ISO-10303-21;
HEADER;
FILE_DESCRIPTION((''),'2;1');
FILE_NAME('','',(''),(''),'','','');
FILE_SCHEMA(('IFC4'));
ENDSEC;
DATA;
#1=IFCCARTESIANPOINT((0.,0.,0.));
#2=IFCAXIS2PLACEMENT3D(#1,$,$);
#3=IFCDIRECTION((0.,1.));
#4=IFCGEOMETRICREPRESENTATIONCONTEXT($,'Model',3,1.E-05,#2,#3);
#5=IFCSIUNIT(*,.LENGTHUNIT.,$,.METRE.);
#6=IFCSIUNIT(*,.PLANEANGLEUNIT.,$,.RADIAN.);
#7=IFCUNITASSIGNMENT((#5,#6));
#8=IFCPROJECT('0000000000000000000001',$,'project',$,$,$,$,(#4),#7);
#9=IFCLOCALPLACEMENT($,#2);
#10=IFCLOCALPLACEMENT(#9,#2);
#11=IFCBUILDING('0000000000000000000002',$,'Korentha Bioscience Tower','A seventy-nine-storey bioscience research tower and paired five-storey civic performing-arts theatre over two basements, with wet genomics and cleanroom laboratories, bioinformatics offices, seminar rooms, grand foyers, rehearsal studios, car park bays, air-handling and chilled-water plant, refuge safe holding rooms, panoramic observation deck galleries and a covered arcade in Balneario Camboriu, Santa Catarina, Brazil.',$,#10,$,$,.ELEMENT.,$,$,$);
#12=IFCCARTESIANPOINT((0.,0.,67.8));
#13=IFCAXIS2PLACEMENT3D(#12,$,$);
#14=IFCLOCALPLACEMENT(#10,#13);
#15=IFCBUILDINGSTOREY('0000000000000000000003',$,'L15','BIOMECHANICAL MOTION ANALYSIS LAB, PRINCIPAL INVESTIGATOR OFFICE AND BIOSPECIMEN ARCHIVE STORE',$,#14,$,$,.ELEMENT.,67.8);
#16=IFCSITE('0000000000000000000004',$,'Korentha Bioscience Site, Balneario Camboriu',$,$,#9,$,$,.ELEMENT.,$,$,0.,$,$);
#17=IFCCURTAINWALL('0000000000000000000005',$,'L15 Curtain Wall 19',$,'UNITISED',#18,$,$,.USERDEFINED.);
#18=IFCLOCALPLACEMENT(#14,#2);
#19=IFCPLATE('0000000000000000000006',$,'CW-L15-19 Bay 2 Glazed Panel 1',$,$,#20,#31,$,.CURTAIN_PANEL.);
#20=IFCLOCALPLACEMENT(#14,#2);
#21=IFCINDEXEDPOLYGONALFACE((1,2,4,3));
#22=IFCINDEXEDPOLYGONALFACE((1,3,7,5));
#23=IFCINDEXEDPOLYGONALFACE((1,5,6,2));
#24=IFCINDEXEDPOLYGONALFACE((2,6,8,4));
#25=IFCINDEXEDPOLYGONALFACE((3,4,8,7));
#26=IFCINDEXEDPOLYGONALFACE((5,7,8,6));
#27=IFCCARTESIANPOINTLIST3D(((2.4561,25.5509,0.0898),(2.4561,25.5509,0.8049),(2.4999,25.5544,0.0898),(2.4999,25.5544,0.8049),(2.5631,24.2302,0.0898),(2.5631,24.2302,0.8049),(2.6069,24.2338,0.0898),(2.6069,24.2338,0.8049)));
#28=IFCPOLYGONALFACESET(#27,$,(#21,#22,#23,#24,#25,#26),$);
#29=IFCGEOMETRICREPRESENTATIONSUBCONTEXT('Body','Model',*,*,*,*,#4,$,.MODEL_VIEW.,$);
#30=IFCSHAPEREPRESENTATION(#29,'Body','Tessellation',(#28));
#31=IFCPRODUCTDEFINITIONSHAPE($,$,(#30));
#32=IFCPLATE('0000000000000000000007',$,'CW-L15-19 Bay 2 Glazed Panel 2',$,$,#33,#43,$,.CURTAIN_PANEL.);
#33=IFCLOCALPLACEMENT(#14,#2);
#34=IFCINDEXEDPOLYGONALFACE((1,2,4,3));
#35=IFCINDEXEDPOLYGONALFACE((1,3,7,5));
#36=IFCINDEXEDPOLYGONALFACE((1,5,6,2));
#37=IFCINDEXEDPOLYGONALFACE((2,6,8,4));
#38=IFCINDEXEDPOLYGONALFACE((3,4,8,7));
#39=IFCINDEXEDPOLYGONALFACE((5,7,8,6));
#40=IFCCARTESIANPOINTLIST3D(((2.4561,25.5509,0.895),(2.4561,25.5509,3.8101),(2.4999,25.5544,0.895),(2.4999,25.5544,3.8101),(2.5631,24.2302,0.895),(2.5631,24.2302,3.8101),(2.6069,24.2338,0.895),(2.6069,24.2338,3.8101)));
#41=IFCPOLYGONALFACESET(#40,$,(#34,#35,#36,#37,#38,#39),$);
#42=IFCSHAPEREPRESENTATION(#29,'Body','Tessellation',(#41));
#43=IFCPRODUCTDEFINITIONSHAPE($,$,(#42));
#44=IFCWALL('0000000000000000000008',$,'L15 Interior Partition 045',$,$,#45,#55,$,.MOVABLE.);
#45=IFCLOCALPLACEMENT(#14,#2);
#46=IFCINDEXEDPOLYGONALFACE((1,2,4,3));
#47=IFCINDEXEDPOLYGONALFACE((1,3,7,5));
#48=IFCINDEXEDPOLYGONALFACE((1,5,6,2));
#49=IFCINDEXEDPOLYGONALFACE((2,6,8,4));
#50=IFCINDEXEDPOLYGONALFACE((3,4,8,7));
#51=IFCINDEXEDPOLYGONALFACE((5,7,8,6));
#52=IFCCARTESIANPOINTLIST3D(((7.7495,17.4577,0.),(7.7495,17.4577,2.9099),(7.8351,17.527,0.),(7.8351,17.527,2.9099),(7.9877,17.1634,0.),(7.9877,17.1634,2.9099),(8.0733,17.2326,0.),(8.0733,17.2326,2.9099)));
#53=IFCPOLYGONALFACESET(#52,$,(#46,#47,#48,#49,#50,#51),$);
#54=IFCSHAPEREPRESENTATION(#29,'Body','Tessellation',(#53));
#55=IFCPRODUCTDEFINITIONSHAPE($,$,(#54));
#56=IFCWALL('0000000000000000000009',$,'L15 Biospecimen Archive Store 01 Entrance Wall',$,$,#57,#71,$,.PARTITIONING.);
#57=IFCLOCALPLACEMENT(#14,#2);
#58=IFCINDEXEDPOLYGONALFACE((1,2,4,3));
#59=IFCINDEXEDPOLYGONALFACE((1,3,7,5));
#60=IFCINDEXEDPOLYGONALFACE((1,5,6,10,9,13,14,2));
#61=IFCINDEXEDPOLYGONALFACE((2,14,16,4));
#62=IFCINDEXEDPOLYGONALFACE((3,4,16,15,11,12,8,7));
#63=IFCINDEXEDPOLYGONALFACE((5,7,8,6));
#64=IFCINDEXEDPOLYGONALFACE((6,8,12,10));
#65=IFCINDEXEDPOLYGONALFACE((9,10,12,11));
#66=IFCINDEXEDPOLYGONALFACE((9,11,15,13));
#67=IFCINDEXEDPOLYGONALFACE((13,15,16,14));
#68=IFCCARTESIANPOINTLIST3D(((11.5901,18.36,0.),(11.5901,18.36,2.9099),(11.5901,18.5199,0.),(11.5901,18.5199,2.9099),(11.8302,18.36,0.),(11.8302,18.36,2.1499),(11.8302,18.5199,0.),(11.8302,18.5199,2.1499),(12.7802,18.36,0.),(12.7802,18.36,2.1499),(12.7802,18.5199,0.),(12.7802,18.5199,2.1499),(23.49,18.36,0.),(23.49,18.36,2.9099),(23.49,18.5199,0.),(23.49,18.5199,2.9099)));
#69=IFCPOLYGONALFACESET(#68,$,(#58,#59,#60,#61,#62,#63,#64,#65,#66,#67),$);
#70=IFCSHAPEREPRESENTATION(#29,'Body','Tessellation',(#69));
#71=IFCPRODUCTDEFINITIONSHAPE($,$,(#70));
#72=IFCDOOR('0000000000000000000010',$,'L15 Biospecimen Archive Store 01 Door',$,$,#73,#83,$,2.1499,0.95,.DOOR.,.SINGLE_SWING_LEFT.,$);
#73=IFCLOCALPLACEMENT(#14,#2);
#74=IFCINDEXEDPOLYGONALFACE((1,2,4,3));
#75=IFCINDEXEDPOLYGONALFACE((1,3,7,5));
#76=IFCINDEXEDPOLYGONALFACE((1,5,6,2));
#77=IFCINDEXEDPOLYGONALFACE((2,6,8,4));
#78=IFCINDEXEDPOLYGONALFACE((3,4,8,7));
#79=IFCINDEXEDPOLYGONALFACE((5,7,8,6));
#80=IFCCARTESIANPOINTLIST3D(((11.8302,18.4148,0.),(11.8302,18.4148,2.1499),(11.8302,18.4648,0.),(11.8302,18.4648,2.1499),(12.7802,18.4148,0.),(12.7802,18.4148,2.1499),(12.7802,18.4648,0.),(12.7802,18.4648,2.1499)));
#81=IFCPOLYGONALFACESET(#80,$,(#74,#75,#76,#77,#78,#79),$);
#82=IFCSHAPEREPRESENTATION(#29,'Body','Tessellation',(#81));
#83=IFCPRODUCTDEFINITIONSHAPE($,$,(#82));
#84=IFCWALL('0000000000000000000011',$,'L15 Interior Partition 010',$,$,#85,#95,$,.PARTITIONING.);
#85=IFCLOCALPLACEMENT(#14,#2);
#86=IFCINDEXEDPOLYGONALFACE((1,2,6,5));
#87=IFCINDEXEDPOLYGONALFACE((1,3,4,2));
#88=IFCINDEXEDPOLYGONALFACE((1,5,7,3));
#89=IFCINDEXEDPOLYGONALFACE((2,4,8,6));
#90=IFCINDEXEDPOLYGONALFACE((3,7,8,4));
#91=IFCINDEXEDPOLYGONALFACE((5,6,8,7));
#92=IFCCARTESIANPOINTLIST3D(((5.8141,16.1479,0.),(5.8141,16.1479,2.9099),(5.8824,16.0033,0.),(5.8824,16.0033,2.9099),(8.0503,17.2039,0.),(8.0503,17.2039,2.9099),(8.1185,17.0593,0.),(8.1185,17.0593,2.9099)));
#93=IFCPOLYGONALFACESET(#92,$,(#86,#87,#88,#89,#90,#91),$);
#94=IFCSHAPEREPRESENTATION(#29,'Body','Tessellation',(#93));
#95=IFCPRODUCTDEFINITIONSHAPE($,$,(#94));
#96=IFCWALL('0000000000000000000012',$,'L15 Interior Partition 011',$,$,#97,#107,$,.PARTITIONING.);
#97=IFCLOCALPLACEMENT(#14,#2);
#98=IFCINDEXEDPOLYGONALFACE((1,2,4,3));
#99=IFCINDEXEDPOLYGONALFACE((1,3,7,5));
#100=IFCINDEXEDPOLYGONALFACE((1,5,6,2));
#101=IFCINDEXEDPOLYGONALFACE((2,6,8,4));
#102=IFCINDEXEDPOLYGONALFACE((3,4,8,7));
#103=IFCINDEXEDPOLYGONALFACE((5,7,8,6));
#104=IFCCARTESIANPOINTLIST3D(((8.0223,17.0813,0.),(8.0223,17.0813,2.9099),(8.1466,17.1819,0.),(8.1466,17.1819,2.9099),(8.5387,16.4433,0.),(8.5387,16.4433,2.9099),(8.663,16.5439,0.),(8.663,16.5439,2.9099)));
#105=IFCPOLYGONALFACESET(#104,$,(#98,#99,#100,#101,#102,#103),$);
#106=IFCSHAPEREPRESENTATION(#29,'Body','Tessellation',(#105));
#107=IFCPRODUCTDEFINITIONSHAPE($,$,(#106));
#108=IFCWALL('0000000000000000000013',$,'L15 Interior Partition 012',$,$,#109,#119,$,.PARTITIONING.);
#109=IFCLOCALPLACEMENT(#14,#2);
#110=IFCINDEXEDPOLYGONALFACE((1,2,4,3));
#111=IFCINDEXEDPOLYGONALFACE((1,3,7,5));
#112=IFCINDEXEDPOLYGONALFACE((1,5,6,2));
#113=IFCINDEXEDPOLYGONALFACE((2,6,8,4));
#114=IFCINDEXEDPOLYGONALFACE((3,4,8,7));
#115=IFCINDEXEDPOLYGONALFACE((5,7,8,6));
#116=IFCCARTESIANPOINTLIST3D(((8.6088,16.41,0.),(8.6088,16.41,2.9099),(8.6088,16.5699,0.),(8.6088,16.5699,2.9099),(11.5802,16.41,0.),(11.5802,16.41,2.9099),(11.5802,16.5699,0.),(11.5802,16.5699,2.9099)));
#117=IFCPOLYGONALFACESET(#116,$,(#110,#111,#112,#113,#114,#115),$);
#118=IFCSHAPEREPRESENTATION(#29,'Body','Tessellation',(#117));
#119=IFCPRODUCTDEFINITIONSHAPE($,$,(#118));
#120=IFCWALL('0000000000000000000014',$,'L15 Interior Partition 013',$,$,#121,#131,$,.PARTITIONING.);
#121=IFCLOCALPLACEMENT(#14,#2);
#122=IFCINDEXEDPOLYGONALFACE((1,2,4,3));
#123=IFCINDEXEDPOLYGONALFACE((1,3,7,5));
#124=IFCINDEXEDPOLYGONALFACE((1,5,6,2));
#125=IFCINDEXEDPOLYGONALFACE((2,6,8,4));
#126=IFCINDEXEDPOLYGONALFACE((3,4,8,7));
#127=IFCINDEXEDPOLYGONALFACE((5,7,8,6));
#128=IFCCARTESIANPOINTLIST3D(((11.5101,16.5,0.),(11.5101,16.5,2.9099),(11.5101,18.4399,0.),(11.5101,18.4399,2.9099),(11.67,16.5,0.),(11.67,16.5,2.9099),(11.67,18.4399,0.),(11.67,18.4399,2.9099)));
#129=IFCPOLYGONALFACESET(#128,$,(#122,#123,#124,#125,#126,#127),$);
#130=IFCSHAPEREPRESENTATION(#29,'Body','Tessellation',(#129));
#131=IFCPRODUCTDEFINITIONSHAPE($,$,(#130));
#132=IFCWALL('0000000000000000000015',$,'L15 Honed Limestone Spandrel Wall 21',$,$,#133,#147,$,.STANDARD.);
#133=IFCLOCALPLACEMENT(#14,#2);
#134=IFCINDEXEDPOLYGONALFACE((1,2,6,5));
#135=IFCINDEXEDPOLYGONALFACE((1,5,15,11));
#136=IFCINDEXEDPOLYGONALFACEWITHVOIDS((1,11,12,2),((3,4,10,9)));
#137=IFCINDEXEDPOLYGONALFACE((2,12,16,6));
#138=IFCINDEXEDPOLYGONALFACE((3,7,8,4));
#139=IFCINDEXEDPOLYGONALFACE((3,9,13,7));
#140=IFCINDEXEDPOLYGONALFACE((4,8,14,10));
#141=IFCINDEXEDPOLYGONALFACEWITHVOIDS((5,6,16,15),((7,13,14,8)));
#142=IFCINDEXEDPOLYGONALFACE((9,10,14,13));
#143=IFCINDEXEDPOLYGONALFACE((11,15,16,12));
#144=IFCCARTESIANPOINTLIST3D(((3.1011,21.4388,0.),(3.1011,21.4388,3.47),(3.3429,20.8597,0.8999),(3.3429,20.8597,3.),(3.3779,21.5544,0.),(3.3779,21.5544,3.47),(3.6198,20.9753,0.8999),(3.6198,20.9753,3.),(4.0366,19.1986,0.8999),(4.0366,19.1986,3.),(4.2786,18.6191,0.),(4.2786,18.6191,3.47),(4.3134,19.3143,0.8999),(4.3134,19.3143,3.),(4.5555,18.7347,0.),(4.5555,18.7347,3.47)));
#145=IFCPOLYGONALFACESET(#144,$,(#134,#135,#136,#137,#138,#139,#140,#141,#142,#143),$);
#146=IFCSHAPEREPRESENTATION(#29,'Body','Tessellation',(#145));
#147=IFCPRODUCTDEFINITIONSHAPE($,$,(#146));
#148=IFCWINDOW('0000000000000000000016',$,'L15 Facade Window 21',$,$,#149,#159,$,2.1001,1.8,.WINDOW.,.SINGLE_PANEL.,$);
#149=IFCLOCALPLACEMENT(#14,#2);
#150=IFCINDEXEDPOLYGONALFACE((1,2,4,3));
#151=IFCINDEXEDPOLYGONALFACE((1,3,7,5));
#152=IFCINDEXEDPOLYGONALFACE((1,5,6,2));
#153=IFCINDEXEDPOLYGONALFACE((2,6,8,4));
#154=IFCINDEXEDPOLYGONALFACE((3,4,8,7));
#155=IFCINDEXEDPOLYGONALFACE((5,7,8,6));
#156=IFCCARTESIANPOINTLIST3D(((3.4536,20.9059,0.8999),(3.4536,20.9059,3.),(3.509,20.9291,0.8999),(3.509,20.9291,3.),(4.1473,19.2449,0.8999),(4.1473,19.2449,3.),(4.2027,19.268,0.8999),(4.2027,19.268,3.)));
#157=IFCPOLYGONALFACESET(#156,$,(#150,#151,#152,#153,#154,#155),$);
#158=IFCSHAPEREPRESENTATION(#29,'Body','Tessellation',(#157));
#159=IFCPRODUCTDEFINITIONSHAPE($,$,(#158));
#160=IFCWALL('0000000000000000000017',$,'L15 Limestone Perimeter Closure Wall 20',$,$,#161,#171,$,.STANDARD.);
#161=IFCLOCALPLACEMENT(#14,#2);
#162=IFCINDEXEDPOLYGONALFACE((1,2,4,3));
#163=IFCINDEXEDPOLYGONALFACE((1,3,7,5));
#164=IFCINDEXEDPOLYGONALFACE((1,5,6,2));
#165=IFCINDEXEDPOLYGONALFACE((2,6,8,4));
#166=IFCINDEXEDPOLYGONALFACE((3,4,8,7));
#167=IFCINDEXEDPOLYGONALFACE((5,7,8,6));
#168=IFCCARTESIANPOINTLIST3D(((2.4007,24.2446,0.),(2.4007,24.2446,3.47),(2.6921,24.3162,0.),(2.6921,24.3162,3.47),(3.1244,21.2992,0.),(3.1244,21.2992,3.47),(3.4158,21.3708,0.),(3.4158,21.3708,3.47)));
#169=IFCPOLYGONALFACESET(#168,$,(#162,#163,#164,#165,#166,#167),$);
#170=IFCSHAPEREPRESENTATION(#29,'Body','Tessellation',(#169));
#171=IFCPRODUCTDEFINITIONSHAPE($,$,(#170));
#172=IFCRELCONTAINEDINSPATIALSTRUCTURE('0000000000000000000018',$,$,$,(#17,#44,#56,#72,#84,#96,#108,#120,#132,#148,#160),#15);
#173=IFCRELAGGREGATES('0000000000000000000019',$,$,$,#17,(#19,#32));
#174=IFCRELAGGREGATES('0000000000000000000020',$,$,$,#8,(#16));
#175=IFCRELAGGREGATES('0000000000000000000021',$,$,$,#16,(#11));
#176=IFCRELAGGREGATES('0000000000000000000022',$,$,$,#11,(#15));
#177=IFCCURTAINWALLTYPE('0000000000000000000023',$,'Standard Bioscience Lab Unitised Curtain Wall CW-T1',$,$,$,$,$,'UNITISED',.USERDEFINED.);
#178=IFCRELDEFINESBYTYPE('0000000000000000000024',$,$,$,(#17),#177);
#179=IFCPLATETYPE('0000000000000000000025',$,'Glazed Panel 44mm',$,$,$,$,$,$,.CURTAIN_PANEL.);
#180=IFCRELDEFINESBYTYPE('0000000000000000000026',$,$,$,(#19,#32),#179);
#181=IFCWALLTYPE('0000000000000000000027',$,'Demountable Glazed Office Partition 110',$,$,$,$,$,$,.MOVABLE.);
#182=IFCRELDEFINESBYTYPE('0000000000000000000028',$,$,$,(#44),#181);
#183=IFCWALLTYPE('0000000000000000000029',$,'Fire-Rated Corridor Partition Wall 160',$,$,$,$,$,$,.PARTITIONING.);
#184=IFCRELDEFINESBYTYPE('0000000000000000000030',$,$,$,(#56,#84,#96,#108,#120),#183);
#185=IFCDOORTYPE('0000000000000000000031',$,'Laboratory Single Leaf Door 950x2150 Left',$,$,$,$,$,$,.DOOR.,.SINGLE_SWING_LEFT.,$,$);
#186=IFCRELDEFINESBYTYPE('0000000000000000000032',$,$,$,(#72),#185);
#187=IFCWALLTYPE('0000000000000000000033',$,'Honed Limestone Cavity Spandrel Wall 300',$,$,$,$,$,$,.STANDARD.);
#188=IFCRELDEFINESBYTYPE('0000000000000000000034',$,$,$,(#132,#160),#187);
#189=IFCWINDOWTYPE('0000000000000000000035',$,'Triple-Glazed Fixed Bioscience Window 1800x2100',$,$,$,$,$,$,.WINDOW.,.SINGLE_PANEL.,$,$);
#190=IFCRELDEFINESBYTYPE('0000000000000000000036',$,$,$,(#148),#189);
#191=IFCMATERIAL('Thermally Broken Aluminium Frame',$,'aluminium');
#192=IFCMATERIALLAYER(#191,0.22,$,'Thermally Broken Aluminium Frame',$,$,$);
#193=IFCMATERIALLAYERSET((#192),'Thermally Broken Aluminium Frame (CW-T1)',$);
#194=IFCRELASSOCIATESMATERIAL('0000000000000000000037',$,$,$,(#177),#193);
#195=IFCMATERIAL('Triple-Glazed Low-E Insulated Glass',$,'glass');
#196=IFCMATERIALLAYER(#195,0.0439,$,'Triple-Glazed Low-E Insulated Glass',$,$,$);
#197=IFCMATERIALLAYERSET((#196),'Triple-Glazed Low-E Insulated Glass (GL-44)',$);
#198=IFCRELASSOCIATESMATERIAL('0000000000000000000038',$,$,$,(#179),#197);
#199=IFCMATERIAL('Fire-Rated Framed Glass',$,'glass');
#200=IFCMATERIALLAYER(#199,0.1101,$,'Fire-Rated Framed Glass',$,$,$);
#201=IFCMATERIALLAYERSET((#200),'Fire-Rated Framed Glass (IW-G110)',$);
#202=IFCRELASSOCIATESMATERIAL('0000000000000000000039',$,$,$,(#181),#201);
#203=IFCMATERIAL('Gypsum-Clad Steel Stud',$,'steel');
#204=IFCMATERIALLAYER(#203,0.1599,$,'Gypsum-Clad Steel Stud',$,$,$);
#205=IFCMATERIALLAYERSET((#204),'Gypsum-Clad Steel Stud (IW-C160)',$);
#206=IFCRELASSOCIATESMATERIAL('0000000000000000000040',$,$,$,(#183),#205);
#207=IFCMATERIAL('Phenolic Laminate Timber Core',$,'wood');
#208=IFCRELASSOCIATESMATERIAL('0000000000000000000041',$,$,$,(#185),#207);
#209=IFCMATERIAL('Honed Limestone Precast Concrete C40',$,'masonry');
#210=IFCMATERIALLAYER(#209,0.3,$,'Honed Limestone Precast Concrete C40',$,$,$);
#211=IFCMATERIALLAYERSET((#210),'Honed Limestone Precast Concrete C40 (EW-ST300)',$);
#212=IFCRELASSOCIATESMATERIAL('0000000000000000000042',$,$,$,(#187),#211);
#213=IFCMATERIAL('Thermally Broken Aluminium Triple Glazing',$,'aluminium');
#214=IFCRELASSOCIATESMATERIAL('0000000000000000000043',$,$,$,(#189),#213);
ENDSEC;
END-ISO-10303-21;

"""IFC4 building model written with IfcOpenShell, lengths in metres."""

from ifc_helpers import new_model, si_unit, direction, frame, frame_2d, origin, origin_2d, place, context, subcontext, project, spatial, rectangle, extrude, material, layer, layer_set, type_object, element, fill, aggregate, save


model = new_model("IFC4")

# Units and contexts
model_context = context("Model", 3, precision=1e-05, world=origin(), true_north=direction((0.0, 1.0)))
body_context = subcontext(model_context, "Body", "Model", "MODEL_VIEW")
ifc_project = project(units=[si_unit("LENGTHUNIT", "METRE"), si_unit("PLANEANGLEUNIT", "RADIAN")], contexts=[model_context])

# Site, building, storey
site_placement = place(None, origin())
site = spatial("IfcSite", under=ifc_project, at=site_placement, Name="Korentha Bioscience Site, Balneario Camboriu", CompositionType="ELEMENT", RefElevation=0.0)
building_placement = place(site_placement, origin())
building = spatial("IfcBuilding", under=site, at=building_placement, Name="Korentha Bioscience Tower", Description="A seventy-nine-storey bioscience research tower and paired five-storey civic performing-arts theatre over two basements, with wet genomics and cleanroom laboratories, bioinformatics offices, seminar rooms, grand foyers, rehearsal studios, car park bays, air-handling and chilled-water plant, refuge safe holding rooms, panoramic observation deck galleries and a covered arcade in Balneario Camboriu, Santa Catarina, Brazil.", CompositionType="ELEMENT")
storey_placement = place(building_placement, frame((0.0, 0.0, 67.8)))
storey = spatial("IfcBuildingStorey", under=building, at=storey_placement, Name="L15", Description="BIOMECHANICAL MOTION ANALYSIS LAB, PRINCIPAL INVESTIGATOR OFFICE AND BIOSPECIMEN ARCHIVE STORE", CompositionType="ELEMENT", Elevation=67.8)

# Curtain wall
ifc_material_1 = material(Name="Thermally Broken Aluminium Frame", Category="aluminium")
ifc_layer_1 = layer(ifc_material_1, 0.22, Name="Thermally Broken Aluminium Frame")
ifc_layer_set_1 = layer_set([ifc_layer_1], Name="Thermally Broken Aluminium Frame (CW-T1)")
curtain_wall_type = type_object("IfcCurtainWallType", Name="Standard Bioscience Lab Unitised Curtain Wall CW-T1", ElementType="UNITISED", PredefinedType="USERDEFINED", material=ifc_layer_set_1)
curtain_wall_1_placement = place(storey_placement, origin())
curtain_wall_1 = element("IfcCurtainWall", 1, at=curtain_wall_1_placement, inside=storey, type_object=curtain_wall_type, Name="L15 Curtain Wall 19", ObjectType="UNITISED", PredefinedType="USERDEFINED")

# Plates
ifc_material_2 = material(Name="Triple-Glazed Low-E Insulated Glass", Category="glass")
ifc_layer_2 = layer(ifc_material_2, 0.0439, Name="Triple-Glazed Low-E Insulated Glass")
ifc_layer_set_2 = layer_set([ifc_layer_2], Name="Triple-Glazed Low-E Insulated Glass (GL-44)")
plate_type = type_object("IfcPlateType", Name="Glazed Panel 44mm", PredefinedType="CURTAIN_PANEL", material=ifc_layer_set_2)
plate_1_placement = place(storey_placement, frame((2.5315, 24.8923, 0.0898), z_axis=(0.0, 0.0, 1.0), x_axis=(0.08082, -0.996729, 0.0)))
plate_1 = element("IfcPlate", 2, at=plate_1_placement, type_object=plate_type, Name="CW-L15-19 Bay 2 Glazed Panel 1", PredefinedType="CURTAIN_PANEL", context=body_context, shape_type="SweptSolid", body=[
    extrude(rectangle(XDim=1.325, YDim=0.0439, at=origin_2d()), origin(), (0.0, 0.0, 1.0), 0.7151),
])
plate_2_placement = place(storey_placement, frame((2.5315, 24.8923, 0.895), z_axis=(0.0, 0.0, 1.0), x_axis=(0.08082, -0.996729, 0.0)))
plate_2 = element("IfcPlate", 3, at=plate_2_placement, type_object=plate_type, Name="CW-L15-19 Bay 2 Glazed Panel 2", PredefinedType="CURTAIN_PANEL", context=body_context, shape_type="SweptSolid", body=[
    extrude(rectangle(XDim=1.325, YDim=0.0439, at=origin_2d()), origin(), (0.0, 0.0, 1.0), 2.915),
])
aggregate(curtain_wall_1, [plate_1, plate_2])

# Wall
ifc_material_3 = material(Name="Fire-Rated Framed Glass", Category="glass")
ifc_layer_3 = layer(ifc_material_3, 0.1101, Name="Fire-Rated Framed Glass")
ifc_layer_set_3 = layer_set([ifc_layer_3], Name="Fire-Rated Framed Glass (IW-G110)")
wall_type_1 = type_object("IfcWallType", Name="Demountable Glazed Office Partition 110", PredefinedType="MOVABLE", material=ifc_layer_set_3)
wall_1_placement = place(storey_placement, frame((7.7922, 17.4924, 0.0), z_axis=(0.0, 0.0, 1.0), x_axis=(0.629087, -0.777335, 0.0)))
element("IfcWall", 4, at=wall_1_placement, inside=storey, type_object=wall_type_1, Name="L15 Interior Partition 045", PredefinedType="MOVABLE", context=body_context, shape_type="SweptSolid", body=[
    extrude(rectangle(XDim=0.3787, YDim=0.1101, at=frame_2d((0.1895, 0.0))), origin(), (0.0, 0.0, 1.0), 2.9099),
])

# Wall, opening, door
ifc_material_4 = material(Name="Gypsum-Clad Steel Stud", Category="steel")
ifc_layer_4 = layer(ifc_material_4, 0.1599, Name="Gypsum-Clad Steel Stud")
ifc_layer_set_4 = layer_set([ifc_layer_4], Name="Gypsum-Clad Steel Stud (IW-C160)")
wall_type_2 = type_object("IfcWallType", Name="Fire-Rated Corridor Partition Wall 160", PredefinedType="PARTITIONING", material=ifc_layer_set_4)
wall_2_placement = place(storey_placement, frame((11.5901, 18.4399, 0.0), z_axis=(0.0, 0.0, 1.0), x_axis=(1.0, 0.0, 0.0)))
wall_2 = element("IfcWall", 5, at=wall_2_placement, inside=storey, type_object=wall_type_2, Name="L15 Biospecimen Archive Store 01 Entrance Wall", PredefinedType="PARTITIONING", context=body_context, shape_type="SweptSolid", body=[
    extrude(rectangle(XDim=11.8999, YDim=0.1599, at=frame_2d((5.95, 0.0))), origin(), (0.0, 0.0, 1.0), 2.9099),
])
opening_1_placement = place(wall_2_placement, frame((0.24, 0.0, 0.0)))
opening_1 = element("IfcOpeningElement", 6, at=opening_1_placement, cuts=wall_2, PredefinedType="OPENING", context=body_context, shape_type="SweptSolid", body=[
    extrude(rectangle(XDim=0.95, YDim=2.1499, at=frame_2d((0.4751, 1.075))), frame((0.0, 0.0947, 0.0), z_axis=(0.0, -1.0, 0.0), x_axis=(1.0, 0.0, 0.0)), (0.0, 0.0, 1.0), 0.1897),
])
ifc_material_5 = material(Name="Phenolic Laminate Timber Core", Category="wood")
door_type_1 = type_object("IfcDoorType", Name="Laboratory Single Leaf Door 950x2150 Left", OperationType="SINGLE_SWING_LEFT", PredefinedType="DOOR", material=ifc_material_5)
door_1_placement = place(opening_1_placement, origin())
door_1 = element("IfcDoor", 7, at=door_1_placement, inside=storey, type_object=door_type_1, Name="L15 Biospecimen Archive Store 01 Door", OperationType="SINGLE_SWING_LEFT", OverallHeight=2.1499, OverallWidth=0.95, PredefinedType="DOOR", context=body_context, shape_type="SweptSolid", body=[
    extrude(rectangle(XDim=0.95, YDim=2.1499, at=frame_2d((0.4751, 1.075))), frame((0.0, 0.0249, 0.0), z_axis=(0.0, -1.0, 0.0), x_axis=(1.0, 0.0, 0.0)), (0.0, 0.0, 1.0), 0.05),
])
fill(opening_1, door_1)

# Walls
wall_3_placement = place(storey_placement, frame((5.8484, 16.0757, 0.0), z_axis=(0.0, 0.0, 1.0), x_axis=(0.904252, 0.427, 0.0)))
element("IfcWall", 8, at=wall_3_placement, inside=storey, type_object=wall_type_2, Name="L15 Interior Partition 010", PredefinedType="PARTITIONING", context=body_context, shape_type="SweptSolid", body=[
    extrude(rectangle(XDim=2.4729, YDim=0.1599, at=frame_2d((1.2363, 0.0))), origin(), (0.0, 0.0, 1.0), 2.9099),
])
wall_4_placement = place(storey_placement, frame((8.0845, 17.1316, 0.0), z_axis=(0.0, 0.0, 1.0), x_axis=(0.629147, -0.777286, 0.0)))
element("IfcWall", 9, at=wall_4_placement, inside=storey, type_object=wall_type_2, Name="L15 Interior Partition 011", PredefinedType="PARTITIONING", context=body_context, shape_type="SweptSolid", body=[
    extrude(rectangle(XDim=0.8208, YDim=0.1599, at=frame_2d((0.4104, 0.0))), origin(), (0.0, 0.0, 1.0), 2.9099),
])
wall_5_placement = place(storey_placement, frame((8.6086, 16.49, 0.0), z_axis=(0.0, 0.0, 1.0), x_axis=(1.0, 0.0, 0.0)))
element("IfcWall", 10, at=wall_5_placement, inside=storey, type_object=wall_type_2, Name="L15 Interior Partition 012", PredefinedType="PARTITIONING", context=body_context, shape_type="SweptSolid", body=[
    extrude(rectangle(XDim=2.9714, YDim=0.1599, at=frame_2d((1.4858, 0.0))), origin(), (0.0, 0.0, 1.0), 2.9099),
])
wall_6_placement = place(storey_placement, frame((11.5901, 16.5, 0.0), z_axis=(0.0, 0.0, 1.0), x_axis=(0.0, 1.0, 0.0)))
element("IfcWall", 11, at=wall_6_placement, inside=storey, type_object=wall_type_2, Name="L15 Interior Partition 013", PredefinedType="PARTITIONING", context=body_context, shape_type="SweptSolid", body=[
    extrude(rectangle(XDim=1.9399, YDim=0.1599, at=frame_2d((0.97, 0.0))), origin(), (0.0, 0.0, 1.0), 2.9099),
])

# Wall, opening, window
ifc_material_6 = material(Name="Honed Limestone Precast Concrete C40", Category="masonry")
ifc_layer_5 = layer(ifc_material_6, 0.3, Name="Honed Limestone Precast Concrete C40")
ifc_layer_set_5 = layer_set([ifc_layer_5], Name="Honed Limestone Precast Concrete C40 (EW-ST300)")
wall_type_3 = type_object("IfcWallType", Name="Honed Limestone Cavity Spandrel Wall 300", PredefinedType="STANDARD", material=ifc_layer_set_5)
wall_7_placement = place(storey_placement, frame((3.2395, 21.4966, 0.0), z_axis=(0.0, 0.0, 1.0), x_axis=(0.385358, -0.922767, 0.0)))
wall_7 = element("IfcWall", 12, at=wall_7_placement, inside=storey, type_object=wall_type_3, Name="L15 Honed Limestone Spandrel Wall 21", PredefinedType="STANDARD", context=body_context, shape_type="SweptSolid", body=[
    extrude(rectangle(XDim=3.0557, YDim=0.3, at=frame_2d((1.5278, 0.0))), origin(), (0.0, 0.0, 1.0), 3.47),
])
opening_2_placement = place(wall_7_placement, frame((0.6277, 0.0, 0.8999)))
opening_2 = element("IfcOpeningElement", 13, at=opening_2_placement, cuts=wall_7, PredefinedType="OPENING", context=body_context, shape_type="SweptSolid", body=[
    extrude(rectangle(XDim=1.8, YDim=2.1001, at=frame_2d((0.8999, 1.05))), frame((0.0, 0.165, 0.0), z_axis=(0.0, -1.0, 0.0), x_axis=(1.0, 0.0, 0.0)), (0.0, 0.0, 1.0), 0.3298),
])
ifc_material_7 = material(Name="Thermally Broken Aluminium Triple Glazing", Category="aluminium")
window_type = type_object("IfcWindowType", Name="Triple-Glazed Fixed Bioscience Window 1800x2100", PartitioningType="SINGLE_PANEL", PredefinedType="WINDOW", material=ifc_material_7)
window_placement = place(opening_2_placement, origin())
window = element("IfcWindow", 14, at=window_placement, inside=storey, type_object=window_type, Name="L15 Facade Window 21", OverallHeight=2.1001, OverallWidth=1.8, PartitioningType="SINGLE_PANEL", PredefinedType="WINDOW", context=body_context, shape_type="SweptSolid", body=[
    extrude(rectangle(XDim=1.8, YDim=2.1001, at=frame_2d((0.8999, 1.05))), frame((0.0, 0.03, 0.0), z_axis=(0.0, -1.0, 0.0), x_axis=(1.0, 0.0, 0.0)), (0.0, 0.0, 1.0), 0.0601),
])
fill(opening_2, window)

# Wall
wall_8_placement = place(storey_placement, frame((2.5464, 24.2805, 0.0), z_axis=(0.0, 0.0, 1.0), x_axis=(0.238594, -0.971119, 0.0)))
element("IfcWall", 15, at=wall_8_placement, inside=storey, type_object=wall_type_3, Name="L15 Limestone Perimeter Closure Wall 20", PredefinedType="STANDARD", context=body_context, shape_type="SweptSolid", body=[
    extrude(rectangle(XDim=3.033, YDim=0.3, at=frame_2d((1.5166, 0.0))), origin(), (0.0, 0.0, 1.0), 3.47),
])

save(model, "model.ifc")
